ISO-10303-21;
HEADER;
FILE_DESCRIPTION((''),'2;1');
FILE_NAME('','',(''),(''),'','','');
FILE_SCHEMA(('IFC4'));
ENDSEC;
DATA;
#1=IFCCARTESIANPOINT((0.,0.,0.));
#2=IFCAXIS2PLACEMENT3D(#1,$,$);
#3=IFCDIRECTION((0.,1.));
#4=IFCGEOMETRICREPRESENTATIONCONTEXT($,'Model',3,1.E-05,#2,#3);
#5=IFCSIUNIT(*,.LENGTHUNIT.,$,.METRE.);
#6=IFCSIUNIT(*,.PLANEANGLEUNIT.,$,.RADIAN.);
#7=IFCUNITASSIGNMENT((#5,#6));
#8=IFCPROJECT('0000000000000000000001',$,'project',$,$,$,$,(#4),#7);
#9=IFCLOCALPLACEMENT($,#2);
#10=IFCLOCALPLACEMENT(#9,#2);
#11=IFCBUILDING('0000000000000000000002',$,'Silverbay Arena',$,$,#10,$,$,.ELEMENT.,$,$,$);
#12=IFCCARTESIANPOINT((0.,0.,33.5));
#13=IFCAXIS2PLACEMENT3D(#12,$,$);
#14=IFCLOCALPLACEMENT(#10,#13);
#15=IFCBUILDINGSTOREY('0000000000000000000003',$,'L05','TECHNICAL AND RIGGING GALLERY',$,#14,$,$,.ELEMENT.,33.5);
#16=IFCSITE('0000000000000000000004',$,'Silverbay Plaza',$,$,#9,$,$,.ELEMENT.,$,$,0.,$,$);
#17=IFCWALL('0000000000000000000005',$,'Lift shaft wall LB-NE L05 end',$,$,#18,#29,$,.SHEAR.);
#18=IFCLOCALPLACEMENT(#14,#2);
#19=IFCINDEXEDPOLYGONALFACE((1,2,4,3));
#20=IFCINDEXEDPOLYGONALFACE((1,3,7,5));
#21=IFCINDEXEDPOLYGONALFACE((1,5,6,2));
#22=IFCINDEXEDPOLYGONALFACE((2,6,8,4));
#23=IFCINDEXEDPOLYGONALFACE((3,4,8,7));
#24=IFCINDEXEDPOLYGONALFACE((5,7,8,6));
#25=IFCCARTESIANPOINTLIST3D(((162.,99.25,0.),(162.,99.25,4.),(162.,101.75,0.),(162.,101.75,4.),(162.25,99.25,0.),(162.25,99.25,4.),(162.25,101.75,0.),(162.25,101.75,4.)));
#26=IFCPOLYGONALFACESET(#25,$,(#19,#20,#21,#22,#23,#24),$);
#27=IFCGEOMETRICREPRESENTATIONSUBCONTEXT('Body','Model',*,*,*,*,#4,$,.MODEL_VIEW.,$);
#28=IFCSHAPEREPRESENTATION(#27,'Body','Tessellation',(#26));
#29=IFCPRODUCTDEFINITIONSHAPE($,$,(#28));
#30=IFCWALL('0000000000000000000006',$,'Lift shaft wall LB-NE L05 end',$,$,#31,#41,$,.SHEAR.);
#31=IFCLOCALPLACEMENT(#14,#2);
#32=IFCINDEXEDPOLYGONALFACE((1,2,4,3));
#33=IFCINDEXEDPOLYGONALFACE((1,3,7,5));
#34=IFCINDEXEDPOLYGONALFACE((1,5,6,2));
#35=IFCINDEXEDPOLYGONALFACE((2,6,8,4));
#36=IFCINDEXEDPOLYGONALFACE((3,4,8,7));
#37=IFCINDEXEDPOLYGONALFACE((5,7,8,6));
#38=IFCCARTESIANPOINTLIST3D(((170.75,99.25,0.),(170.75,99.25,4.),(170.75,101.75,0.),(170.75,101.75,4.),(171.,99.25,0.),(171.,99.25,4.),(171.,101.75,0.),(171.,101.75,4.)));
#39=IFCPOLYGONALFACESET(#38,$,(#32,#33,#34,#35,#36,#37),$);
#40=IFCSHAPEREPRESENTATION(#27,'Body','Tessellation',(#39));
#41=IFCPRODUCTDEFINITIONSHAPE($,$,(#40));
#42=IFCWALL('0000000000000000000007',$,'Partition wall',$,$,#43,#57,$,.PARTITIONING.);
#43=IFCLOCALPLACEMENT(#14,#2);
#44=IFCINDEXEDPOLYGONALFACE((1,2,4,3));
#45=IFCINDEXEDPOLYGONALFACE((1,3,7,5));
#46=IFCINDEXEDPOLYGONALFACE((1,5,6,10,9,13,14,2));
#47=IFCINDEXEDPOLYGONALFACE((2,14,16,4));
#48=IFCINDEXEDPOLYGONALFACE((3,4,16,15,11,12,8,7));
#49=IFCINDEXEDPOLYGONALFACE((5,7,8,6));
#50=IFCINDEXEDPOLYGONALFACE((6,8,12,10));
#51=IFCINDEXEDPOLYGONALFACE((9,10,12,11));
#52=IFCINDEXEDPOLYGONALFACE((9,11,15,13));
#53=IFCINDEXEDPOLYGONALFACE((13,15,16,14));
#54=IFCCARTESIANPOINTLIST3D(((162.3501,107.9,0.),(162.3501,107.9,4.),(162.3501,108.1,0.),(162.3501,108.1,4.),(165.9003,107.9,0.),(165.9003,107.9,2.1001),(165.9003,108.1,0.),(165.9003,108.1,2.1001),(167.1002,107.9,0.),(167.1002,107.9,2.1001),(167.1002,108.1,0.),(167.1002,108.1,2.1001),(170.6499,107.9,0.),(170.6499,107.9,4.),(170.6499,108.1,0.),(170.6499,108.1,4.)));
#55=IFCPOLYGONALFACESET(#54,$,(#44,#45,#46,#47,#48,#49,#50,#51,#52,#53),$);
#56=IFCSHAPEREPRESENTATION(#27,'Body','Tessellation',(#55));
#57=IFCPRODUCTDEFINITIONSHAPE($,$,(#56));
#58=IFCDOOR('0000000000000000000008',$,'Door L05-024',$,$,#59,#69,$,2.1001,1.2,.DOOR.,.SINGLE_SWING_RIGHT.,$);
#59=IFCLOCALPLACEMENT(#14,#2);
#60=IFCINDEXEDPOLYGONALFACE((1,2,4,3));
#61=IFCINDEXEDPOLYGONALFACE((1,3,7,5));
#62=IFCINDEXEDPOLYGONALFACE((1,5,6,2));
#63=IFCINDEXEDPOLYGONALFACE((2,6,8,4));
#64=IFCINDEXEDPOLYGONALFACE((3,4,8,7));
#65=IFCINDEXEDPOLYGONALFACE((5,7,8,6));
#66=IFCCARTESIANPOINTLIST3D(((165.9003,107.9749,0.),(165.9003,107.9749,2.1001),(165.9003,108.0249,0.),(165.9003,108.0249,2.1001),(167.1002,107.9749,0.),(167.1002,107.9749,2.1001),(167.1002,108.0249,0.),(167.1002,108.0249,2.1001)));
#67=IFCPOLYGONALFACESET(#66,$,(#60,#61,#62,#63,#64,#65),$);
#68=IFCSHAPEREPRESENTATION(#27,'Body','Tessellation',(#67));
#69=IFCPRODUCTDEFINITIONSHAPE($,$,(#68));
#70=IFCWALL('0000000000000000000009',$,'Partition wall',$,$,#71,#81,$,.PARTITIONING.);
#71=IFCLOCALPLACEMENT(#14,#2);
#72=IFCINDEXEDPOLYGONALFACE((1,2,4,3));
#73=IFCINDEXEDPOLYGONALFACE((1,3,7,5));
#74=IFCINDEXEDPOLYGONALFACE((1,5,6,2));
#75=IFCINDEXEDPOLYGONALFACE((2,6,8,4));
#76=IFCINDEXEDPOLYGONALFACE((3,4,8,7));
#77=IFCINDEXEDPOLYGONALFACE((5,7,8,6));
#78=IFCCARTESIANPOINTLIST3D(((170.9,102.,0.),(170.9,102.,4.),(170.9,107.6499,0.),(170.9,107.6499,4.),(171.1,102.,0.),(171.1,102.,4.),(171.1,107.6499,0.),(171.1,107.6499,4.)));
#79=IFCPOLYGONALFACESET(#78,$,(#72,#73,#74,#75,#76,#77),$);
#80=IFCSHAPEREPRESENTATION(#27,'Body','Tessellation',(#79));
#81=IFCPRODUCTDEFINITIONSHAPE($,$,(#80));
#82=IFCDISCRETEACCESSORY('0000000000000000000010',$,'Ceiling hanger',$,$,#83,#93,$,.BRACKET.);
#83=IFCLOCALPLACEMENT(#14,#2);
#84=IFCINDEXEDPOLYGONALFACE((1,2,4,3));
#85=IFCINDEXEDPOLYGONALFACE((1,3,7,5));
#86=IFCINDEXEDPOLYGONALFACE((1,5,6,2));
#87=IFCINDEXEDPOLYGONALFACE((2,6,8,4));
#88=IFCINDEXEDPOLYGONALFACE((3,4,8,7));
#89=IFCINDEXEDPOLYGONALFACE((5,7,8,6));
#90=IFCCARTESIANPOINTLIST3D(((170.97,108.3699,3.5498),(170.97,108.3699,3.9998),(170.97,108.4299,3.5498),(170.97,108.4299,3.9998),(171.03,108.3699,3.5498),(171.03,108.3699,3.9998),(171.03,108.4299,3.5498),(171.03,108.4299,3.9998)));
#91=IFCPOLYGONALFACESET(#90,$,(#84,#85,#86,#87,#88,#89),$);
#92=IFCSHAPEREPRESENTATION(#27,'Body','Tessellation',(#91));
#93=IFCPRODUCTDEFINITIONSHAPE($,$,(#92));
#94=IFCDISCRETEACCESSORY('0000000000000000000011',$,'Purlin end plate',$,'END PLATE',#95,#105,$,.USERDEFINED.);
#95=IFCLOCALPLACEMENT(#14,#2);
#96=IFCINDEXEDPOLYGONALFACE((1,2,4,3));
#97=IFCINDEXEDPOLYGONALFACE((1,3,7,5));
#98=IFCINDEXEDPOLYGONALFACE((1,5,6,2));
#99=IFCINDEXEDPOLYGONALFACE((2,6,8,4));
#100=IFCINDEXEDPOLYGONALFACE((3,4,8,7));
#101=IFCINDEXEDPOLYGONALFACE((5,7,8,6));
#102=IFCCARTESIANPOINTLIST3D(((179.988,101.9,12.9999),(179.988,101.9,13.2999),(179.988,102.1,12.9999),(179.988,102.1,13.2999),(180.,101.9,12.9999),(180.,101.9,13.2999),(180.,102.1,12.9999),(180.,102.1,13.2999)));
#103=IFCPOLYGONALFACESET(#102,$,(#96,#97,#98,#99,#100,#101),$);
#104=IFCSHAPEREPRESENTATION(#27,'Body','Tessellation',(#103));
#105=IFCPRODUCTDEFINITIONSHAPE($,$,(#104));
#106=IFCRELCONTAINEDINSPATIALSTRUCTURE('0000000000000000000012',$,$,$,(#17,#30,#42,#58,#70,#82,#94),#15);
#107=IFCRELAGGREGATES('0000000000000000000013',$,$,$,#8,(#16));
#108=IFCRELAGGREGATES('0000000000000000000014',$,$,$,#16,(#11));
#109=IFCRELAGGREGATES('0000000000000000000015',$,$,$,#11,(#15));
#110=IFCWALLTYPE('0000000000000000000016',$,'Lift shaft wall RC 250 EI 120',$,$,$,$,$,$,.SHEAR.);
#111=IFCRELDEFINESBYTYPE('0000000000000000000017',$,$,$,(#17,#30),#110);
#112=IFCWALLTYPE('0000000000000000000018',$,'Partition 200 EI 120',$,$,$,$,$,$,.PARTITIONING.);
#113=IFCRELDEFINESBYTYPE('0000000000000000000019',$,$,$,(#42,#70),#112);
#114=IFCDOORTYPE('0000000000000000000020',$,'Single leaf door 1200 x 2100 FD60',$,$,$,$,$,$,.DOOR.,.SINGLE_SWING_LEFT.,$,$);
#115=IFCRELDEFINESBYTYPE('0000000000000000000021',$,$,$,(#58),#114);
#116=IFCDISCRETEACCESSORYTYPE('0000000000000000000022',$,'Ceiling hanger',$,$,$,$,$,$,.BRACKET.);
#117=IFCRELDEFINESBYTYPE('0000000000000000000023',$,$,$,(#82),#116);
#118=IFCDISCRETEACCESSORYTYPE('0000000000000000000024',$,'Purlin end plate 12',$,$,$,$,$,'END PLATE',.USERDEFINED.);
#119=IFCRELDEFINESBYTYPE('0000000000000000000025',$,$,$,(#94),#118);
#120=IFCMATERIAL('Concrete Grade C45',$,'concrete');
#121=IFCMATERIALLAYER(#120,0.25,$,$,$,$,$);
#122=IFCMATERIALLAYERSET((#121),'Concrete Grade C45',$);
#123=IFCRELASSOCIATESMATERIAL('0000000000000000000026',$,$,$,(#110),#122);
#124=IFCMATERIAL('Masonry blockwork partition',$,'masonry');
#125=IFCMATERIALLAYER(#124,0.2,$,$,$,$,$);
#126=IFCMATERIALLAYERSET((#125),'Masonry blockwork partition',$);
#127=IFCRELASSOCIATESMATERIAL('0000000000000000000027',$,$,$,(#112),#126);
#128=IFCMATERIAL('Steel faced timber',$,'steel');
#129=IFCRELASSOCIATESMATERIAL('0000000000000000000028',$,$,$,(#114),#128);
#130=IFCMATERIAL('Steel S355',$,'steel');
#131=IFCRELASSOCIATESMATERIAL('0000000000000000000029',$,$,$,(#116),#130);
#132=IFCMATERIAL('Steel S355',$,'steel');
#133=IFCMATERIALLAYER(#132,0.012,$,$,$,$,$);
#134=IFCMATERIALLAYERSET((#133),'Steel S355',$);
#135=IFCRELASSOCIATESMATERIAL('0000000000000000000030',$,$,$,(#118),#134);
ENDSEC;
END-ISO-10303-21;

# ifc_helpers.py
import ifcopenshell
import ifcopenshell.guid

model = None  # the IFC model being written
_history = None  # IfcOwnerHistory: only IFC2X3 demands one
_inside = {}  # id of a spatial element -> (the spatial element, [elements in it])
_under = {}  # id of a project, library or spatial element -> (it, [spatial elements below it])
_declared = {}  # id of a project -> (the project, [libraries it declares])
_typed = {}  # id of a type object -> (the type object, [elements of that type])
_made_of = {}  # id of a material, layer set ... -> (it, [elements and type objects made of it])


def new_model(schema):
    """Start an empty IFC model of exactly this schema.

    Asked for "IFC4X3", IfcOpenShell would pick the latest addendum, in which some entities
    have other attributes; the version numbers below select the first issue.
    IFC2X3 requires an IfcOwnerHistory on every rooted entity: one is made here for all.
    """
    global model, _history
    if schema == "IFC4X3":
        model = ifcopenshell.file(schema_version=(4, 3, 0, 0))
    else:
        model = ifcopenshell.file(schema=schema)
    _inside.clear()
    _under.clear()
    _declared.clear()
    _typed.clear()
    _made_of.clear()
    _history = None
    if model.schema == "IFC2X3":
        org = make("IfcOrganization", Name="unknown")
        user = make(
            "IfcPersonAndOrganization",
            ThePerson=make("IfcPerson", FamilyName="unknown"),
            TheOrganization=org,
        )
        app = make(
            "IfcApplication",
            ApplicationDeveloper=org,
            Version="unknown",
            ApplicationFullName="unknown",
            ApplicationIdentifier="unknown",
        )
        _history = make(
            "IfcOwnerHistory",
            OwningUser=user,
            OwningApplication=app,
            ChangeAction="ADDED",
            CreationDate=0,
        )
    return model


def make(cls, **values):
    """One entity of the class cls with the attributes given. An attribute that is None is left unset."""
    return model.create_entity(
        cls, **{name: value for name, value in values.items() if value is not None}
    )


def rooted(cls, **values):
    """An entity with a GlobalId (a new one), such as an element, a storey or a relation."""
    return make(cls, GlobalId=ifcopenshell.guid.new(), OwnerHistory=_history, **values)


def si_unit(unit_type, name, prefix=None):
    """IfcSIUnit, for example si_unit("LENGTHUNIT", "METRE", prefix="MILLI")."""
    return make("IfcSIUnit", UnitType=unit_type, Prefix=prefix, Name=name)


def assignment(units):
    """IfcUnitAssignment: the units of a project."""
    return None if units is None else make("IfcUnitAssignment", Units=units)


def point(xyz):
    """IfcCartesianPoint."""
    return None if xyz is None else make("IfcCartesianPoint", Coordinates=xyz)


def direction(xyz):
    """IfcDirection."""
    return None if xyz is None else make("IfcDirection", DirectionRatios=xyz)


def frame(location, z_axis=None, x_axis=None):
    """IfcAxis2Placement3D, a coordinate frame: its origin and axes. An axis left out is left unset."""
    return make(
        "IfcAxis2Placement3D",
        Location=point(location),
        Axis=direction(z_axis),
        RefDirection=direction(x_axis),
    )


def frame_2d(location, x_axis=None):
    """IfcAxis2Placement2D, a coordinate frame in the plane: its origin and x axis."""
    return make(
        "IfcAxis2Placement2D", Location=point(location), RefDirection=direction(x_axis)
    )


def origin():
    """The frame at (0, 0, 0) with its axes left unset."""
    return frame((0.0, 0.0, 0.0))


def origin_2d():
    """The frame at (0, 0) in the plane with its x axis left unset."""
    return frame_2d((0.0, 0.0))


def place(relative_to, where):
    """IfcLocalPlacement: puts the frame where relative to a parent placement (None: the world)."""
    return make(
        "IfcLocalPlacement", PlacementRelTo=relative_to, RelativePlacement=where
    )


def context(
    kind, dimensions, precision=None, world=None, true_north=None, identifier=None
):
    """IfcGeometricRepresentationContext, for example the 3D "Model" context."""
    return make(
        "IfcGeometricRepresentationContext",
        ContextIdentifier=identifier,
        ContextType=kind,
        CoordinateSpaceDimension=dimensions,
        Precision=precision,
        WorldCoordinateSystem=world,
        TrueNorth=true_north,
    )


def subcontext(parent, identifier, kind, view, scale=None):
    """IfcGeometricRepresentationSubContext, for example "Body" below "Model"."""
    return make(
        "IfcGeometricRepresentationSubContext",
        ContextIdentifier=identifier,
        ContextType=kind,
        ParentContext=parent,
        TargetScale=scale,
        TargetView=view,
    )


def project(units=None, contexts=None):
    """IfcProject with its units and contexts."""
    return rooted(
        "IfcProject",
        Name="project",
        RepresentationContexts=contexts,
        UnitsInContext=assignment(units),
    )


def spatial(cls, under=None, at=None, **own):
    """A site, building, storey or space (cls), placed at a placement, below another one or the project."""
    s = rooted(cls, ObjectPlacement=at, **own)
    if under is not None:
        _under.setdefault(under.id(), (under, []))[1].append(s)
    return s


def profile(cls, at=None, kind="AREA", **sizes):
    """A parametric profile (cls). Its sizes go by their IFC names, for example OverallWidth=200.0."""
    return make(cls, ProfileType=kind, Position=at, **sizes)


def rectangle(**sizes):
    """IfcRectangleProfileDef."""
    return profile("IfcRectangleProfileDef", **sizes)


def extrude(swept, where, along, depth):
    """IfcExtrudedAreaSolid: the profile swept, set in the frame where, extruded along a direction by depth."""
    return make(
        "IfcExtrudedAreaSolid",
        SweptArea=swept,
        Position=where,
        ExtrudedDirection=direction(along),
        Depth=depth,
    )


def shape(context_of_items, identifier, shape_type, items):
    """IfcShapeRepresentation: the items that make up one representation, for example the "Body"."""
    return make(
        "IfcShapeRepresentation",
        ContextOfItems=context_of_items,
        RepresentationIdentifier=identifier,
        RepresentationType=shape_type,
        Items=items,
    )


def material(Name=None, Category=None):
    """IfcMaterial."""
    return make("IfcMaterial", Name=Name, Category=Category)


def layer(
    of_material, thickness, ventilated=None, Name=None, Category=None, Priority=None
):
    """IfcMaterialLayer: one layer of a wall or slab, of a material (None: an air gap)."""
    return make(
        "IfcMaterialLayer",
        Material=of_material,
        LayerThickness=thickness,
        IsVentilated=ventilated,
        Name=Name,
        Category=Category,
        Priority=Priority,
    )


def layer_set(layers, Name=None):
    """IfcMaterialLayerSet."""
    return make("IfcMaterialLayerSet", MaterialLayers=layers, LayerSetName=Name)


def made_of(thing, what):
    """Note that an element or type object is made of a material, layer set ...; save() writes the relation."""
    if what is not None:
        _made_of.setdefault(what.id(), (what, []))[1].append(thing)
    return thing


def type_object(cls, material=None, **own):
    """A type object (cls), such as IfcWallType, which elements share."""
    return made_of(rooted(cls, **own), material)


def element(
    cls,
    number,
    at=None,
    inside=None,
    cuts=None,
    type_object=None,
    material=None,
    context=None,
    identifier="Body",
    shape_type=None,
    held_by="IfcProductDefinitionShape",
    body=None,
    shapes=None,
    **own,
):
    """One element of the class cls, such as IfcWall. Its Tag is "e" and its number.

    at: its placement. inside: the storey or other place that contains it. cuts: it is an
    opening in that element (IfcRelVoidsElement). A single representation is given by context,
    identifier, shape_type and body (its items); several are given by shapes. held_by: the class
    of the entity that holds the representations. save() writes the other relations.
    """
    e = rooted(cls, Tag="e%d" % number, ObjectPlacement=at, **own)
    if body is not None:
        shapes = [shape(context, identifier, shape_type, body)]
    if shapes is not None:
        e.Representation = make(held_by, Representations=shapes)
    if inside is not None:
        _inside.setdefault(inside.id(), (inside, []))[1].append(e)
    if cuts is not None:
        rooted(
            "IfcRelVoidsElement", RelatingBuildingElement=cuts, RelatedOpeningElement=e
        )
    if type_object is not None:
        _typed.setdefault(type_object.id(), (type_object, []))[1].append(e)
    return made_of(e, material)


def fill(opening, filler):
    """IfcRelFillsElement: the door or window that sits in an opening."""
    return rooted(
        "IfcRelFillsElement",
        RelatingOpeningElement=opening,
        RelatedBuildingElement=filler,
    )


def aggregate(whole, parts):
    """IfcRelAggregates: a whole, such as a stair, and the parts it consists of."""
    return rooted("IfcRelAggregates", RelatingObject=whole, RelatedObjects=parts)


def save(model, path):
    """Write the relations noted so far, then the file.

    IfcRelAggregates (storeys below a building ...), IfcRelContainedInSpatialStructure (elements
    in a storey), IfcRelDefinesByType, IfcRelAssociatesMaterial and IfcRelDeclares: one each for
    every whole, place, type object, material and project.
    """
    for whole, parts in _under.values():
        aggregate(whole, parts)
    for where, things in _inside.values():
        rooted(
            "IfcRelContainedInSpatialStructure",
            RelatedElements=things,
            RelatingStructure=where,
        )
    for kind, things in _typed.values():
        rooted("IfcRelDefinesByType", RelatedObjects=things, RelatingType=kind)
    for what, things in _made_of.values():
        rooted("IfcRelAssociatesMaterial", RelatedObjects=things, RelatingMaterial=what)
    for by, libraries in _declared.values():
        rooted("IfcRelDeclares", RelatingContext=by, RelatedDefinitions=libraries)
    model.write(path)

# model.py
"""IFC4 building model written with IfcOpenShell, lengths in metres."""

from ifc_helpers import new_model, si_unit, direction, frame, frame_2d, origin, origin_2d, place, context, subcontext, project, spatial, rectangle, extrude, material, layer, layer_set, type_object, element, fill, save


model = new_model("IFC4")

# Units and contexts
model_context = context("Model", 3, precision=1e-05, world=origin(), true_north=direction((0.0, 1.0)))
body_context = subcontext(model_context, "Body", "Model", "MODEL_VIEW")
ifc_project = project(units=[si_unit("LENGTHUNIT", "METRE"), si_unit("PLANEANGLEUNIT", "RADIAN")], contexts=[model_context])

# Site, building, storey
site_placement = place(None, origin())
site = spatial("IfcSite", under=ifc_project, at=site_placement, Name="Silverbay Plaza", CompositionType="ELEMENT", RefElevation=0.0)
building_placement = place(site_placement, origin())
building = spatial("IfcBuilding", under=site, at=building_placement, Name="Silverbay Arena", CompositionType="ELEMENT")
storey_placement = place(building_placement, frame((0.0, 0.0, 33.5)))
storey = spatial("IfcBuildingStorey", under=building, at=storey_placement, Name="L05", Description="TECHNICAL AND RIGGING GALLERY", CompositionType="ELEMENT", Elevation=33.5)

# Walls
ifc_material_1 = material(Name="Concrete Grade C45", Category="concrete")
ifc_layer_1 = layer(ifc_material_1, 0.25)
ifc_layer_set_1 = layer_set([ifc_layer_1], Name="Concrete Grade C45")
wall_type_1 = type_object("IfcWallType", Name="Lift shaft wall RC 250 EI 120", PredefinedType="SHEAR", material=ifc_layer_set_1)
for number, where, z_axis, x_axis, name in (
    (1, (162.125, 99.25, 0.0), (0.0, 0.0, 1.0), (0.0, 1.0, 0.0), "Lift shaft wall LB-NE L05 end"),
    (2, (170.875, 99.25, 0.0), (0.0, 0.0, 1.0), (0.0, 1.0, 0.0), "Lift shaft wall LB-NE L05 end"),
):
    element("IfcWall", number, at=place(storey_placement, frame(where, z_axis=z_axis, x_axis=x_axis)), inside=storey, type_object=wall_type_1, Name=name, PredefinedType="SHEAR", context=body_context, shape_type="SweptSolid", body=[
        extrude(rectangle(XDim=2.5, YDim=0.25, at=frame_2d((1.25, 0.0))), origin(), (0.0, 0.0, 1.0), 4.0),
    ])

# Wall, opening, door
ifc_material_2 = material(Name="Masonry blockwork partition", Category="masonry")
ifc_layer_2 = layer(ifc_material_2, 0.2)
ifc_layer_set_2 = layer_set([ifc_layer_2], Name="Masonry blockwork partition")
wall_type_2 = type_object("IfcWallType", Name="Partition 200 EI 120", PredefinedType="PARTITIONING", material=ifc_layer_set_2)
wall_1_placement = place(storey_placement, frame((162.3501, 108.0, 0.0), z_axis=(0.0, 0.0, 1.0), x_axis=(1.0, 0.0, 0.0)))
wall_1 = element("IfcWall", 3, at=wall_1_placement, inside=storey, type_object=wall_type_2, Name="Partition wall", PredefinedType="PARTITIONING", context=body_context, shape_type="SweptSolid", body=[
    extrude(rectangle(XDim=8.2998, YDim=0.2, at=frame_2d((4.1499, 0.0))), origin(), (0.0, 0.0, 1.0), 4.0),
])
opening_placement = place(wall_1_placement, frame((3.55, 0.0, 0.0)))
opening = element("IfcOpeningElement", 4, at=opening_placement, cuts=wall_1, PredefinedType="OPENING", context=body_context, shape_type="SweptSolid", body=[
    extrude(rectangle(XDim=1.2, YDim=2.1001, at=frame_2d((0.6001, 1.05))), frame((0.0, 0.1099, 0.0), z_axis=(0.0, -1.0, 0.0), x_axis=(1.0, 0.0, 0.0)), (0.0, 0.0, 1.0), 0.22),
])
ifc_material_3 = material(Name="Steel faced timber", Category="steel")
door_type = type_object("IfcDoorType", Name="Single leaf door 1200 x 2100 FD60", OperationType="SINGLE_SWING_LEFT", PredefinedType="DOOR", material=ifc_material_3)
door_placement = place(opening_placement, origin())
door = element("IfcDoor", 5, at=door_placement, inside=storey, type_object=door_type, Name="Door L05-024", OperationType="SINGLE_SWING_RIGHT", OverallHeight=2.1001, OverallWidth=1.2, PredefinedType="DOOR", context=body_context, shape_type="SweptSolid", body=[
    extrude(rectangle(XDim=1.2, YDim=2.1001, at=frame_2d((0.6001, 1.05))), frame((0.0, 0.0249, 0.0), z_axis=(0.0, -1.0, 0.0), x_axis=(1.0, 0.0, 0.0)), (0.0, 0.0, 1.0), 0.05),
])
fill(opening, door)

# Wall
wall_2_placement = place(storey_placement, frame((171.0, 102.0, 0.0), z_axis=(0.0, 0.0, 1.0), x_axis=(0.0, 1.0, 0.0)))
element("IfcWall", 6, at=wall_2_placement, inside=storey, type_object=wall_type_2, Name="Partition wall", PredefinedType="PARTITIONING", context=body_context, shape_type="SweptSolid", body=[
    extrude(rectangle(XDim=5.6499, YDim=0.2, at=frame_2d((2.825, 0.0))), origin(), (0.0, 0.0, 1.0), 4.0),
])

# Discrete accessories
ifc_material_4 = material(Name="Steel S355", Category="steel")
discrete_accessory_type_1 = type_object("IfcDiscreteAccessoryType", Name="Ceiling hanger", PredefinedType="BRACKET", material=ifc_material_4)
discrete_accessory_1_placement = place(storey_placement, frame((171.0, 108.3999, 3.5498), z_axis=(0.0, 0.0, 1.0), x_axis=(1.0, 0.0, 0.0)))
element("IfcDiscreteAccessory", 7, at=discrete_accessory_1_placement, inside=storey, type_object=discrete_accessory_type_1, Name="Ceiling hanger", PredefinedType="BRACKET", context=body_context, shape_type="SweptSolid", body=[
    extrude(rectangle(XDim=0.0601, YDim=0.0601, at=origin_2d()), origin(), (0.0, 0.0, 1.0), 0.45),
])
ifc_material_5 = material(Name="Steel S355", Category="steel")
ifc_layer_3 = layer(ifc_material_5, 0.012)
ifc_layer_set_3 = layer_set([ifc_layer_3], Name="Steel S355")
discrete_accessory_type_2 = type_object("IfcDiscreteAccessoryType", Name="Purlin end plate 12", ElementType="END PLATE", PredefinedType="USERDEFINED", material=ifc_layer_set_3)
discrete_accessory_2_placement = place(storey_placement, frame((180.0, 102.0, 13.1499), z_axis=(-1.0, 0.0, 0.0), x_axis=(0.0, -1.0, 0.0)))
element("IfcDiscreteAccessory", 8, at=discrete_accessory_2_placement, inside=storey, type_object=discrete_accessory_type_2, Name="Purlin end plate", ObjectType="END PLATE", PredefinedType="USERDEFINED", context=body_context, shape_type="SweptSolid", body=[
    extrude(rectangle(XDim=0.2, YDim=0.3, at=origin_2d()), origin(), (0.0, 0.0, 1.0), 0.012),
])

save(model, "model.ifc")
